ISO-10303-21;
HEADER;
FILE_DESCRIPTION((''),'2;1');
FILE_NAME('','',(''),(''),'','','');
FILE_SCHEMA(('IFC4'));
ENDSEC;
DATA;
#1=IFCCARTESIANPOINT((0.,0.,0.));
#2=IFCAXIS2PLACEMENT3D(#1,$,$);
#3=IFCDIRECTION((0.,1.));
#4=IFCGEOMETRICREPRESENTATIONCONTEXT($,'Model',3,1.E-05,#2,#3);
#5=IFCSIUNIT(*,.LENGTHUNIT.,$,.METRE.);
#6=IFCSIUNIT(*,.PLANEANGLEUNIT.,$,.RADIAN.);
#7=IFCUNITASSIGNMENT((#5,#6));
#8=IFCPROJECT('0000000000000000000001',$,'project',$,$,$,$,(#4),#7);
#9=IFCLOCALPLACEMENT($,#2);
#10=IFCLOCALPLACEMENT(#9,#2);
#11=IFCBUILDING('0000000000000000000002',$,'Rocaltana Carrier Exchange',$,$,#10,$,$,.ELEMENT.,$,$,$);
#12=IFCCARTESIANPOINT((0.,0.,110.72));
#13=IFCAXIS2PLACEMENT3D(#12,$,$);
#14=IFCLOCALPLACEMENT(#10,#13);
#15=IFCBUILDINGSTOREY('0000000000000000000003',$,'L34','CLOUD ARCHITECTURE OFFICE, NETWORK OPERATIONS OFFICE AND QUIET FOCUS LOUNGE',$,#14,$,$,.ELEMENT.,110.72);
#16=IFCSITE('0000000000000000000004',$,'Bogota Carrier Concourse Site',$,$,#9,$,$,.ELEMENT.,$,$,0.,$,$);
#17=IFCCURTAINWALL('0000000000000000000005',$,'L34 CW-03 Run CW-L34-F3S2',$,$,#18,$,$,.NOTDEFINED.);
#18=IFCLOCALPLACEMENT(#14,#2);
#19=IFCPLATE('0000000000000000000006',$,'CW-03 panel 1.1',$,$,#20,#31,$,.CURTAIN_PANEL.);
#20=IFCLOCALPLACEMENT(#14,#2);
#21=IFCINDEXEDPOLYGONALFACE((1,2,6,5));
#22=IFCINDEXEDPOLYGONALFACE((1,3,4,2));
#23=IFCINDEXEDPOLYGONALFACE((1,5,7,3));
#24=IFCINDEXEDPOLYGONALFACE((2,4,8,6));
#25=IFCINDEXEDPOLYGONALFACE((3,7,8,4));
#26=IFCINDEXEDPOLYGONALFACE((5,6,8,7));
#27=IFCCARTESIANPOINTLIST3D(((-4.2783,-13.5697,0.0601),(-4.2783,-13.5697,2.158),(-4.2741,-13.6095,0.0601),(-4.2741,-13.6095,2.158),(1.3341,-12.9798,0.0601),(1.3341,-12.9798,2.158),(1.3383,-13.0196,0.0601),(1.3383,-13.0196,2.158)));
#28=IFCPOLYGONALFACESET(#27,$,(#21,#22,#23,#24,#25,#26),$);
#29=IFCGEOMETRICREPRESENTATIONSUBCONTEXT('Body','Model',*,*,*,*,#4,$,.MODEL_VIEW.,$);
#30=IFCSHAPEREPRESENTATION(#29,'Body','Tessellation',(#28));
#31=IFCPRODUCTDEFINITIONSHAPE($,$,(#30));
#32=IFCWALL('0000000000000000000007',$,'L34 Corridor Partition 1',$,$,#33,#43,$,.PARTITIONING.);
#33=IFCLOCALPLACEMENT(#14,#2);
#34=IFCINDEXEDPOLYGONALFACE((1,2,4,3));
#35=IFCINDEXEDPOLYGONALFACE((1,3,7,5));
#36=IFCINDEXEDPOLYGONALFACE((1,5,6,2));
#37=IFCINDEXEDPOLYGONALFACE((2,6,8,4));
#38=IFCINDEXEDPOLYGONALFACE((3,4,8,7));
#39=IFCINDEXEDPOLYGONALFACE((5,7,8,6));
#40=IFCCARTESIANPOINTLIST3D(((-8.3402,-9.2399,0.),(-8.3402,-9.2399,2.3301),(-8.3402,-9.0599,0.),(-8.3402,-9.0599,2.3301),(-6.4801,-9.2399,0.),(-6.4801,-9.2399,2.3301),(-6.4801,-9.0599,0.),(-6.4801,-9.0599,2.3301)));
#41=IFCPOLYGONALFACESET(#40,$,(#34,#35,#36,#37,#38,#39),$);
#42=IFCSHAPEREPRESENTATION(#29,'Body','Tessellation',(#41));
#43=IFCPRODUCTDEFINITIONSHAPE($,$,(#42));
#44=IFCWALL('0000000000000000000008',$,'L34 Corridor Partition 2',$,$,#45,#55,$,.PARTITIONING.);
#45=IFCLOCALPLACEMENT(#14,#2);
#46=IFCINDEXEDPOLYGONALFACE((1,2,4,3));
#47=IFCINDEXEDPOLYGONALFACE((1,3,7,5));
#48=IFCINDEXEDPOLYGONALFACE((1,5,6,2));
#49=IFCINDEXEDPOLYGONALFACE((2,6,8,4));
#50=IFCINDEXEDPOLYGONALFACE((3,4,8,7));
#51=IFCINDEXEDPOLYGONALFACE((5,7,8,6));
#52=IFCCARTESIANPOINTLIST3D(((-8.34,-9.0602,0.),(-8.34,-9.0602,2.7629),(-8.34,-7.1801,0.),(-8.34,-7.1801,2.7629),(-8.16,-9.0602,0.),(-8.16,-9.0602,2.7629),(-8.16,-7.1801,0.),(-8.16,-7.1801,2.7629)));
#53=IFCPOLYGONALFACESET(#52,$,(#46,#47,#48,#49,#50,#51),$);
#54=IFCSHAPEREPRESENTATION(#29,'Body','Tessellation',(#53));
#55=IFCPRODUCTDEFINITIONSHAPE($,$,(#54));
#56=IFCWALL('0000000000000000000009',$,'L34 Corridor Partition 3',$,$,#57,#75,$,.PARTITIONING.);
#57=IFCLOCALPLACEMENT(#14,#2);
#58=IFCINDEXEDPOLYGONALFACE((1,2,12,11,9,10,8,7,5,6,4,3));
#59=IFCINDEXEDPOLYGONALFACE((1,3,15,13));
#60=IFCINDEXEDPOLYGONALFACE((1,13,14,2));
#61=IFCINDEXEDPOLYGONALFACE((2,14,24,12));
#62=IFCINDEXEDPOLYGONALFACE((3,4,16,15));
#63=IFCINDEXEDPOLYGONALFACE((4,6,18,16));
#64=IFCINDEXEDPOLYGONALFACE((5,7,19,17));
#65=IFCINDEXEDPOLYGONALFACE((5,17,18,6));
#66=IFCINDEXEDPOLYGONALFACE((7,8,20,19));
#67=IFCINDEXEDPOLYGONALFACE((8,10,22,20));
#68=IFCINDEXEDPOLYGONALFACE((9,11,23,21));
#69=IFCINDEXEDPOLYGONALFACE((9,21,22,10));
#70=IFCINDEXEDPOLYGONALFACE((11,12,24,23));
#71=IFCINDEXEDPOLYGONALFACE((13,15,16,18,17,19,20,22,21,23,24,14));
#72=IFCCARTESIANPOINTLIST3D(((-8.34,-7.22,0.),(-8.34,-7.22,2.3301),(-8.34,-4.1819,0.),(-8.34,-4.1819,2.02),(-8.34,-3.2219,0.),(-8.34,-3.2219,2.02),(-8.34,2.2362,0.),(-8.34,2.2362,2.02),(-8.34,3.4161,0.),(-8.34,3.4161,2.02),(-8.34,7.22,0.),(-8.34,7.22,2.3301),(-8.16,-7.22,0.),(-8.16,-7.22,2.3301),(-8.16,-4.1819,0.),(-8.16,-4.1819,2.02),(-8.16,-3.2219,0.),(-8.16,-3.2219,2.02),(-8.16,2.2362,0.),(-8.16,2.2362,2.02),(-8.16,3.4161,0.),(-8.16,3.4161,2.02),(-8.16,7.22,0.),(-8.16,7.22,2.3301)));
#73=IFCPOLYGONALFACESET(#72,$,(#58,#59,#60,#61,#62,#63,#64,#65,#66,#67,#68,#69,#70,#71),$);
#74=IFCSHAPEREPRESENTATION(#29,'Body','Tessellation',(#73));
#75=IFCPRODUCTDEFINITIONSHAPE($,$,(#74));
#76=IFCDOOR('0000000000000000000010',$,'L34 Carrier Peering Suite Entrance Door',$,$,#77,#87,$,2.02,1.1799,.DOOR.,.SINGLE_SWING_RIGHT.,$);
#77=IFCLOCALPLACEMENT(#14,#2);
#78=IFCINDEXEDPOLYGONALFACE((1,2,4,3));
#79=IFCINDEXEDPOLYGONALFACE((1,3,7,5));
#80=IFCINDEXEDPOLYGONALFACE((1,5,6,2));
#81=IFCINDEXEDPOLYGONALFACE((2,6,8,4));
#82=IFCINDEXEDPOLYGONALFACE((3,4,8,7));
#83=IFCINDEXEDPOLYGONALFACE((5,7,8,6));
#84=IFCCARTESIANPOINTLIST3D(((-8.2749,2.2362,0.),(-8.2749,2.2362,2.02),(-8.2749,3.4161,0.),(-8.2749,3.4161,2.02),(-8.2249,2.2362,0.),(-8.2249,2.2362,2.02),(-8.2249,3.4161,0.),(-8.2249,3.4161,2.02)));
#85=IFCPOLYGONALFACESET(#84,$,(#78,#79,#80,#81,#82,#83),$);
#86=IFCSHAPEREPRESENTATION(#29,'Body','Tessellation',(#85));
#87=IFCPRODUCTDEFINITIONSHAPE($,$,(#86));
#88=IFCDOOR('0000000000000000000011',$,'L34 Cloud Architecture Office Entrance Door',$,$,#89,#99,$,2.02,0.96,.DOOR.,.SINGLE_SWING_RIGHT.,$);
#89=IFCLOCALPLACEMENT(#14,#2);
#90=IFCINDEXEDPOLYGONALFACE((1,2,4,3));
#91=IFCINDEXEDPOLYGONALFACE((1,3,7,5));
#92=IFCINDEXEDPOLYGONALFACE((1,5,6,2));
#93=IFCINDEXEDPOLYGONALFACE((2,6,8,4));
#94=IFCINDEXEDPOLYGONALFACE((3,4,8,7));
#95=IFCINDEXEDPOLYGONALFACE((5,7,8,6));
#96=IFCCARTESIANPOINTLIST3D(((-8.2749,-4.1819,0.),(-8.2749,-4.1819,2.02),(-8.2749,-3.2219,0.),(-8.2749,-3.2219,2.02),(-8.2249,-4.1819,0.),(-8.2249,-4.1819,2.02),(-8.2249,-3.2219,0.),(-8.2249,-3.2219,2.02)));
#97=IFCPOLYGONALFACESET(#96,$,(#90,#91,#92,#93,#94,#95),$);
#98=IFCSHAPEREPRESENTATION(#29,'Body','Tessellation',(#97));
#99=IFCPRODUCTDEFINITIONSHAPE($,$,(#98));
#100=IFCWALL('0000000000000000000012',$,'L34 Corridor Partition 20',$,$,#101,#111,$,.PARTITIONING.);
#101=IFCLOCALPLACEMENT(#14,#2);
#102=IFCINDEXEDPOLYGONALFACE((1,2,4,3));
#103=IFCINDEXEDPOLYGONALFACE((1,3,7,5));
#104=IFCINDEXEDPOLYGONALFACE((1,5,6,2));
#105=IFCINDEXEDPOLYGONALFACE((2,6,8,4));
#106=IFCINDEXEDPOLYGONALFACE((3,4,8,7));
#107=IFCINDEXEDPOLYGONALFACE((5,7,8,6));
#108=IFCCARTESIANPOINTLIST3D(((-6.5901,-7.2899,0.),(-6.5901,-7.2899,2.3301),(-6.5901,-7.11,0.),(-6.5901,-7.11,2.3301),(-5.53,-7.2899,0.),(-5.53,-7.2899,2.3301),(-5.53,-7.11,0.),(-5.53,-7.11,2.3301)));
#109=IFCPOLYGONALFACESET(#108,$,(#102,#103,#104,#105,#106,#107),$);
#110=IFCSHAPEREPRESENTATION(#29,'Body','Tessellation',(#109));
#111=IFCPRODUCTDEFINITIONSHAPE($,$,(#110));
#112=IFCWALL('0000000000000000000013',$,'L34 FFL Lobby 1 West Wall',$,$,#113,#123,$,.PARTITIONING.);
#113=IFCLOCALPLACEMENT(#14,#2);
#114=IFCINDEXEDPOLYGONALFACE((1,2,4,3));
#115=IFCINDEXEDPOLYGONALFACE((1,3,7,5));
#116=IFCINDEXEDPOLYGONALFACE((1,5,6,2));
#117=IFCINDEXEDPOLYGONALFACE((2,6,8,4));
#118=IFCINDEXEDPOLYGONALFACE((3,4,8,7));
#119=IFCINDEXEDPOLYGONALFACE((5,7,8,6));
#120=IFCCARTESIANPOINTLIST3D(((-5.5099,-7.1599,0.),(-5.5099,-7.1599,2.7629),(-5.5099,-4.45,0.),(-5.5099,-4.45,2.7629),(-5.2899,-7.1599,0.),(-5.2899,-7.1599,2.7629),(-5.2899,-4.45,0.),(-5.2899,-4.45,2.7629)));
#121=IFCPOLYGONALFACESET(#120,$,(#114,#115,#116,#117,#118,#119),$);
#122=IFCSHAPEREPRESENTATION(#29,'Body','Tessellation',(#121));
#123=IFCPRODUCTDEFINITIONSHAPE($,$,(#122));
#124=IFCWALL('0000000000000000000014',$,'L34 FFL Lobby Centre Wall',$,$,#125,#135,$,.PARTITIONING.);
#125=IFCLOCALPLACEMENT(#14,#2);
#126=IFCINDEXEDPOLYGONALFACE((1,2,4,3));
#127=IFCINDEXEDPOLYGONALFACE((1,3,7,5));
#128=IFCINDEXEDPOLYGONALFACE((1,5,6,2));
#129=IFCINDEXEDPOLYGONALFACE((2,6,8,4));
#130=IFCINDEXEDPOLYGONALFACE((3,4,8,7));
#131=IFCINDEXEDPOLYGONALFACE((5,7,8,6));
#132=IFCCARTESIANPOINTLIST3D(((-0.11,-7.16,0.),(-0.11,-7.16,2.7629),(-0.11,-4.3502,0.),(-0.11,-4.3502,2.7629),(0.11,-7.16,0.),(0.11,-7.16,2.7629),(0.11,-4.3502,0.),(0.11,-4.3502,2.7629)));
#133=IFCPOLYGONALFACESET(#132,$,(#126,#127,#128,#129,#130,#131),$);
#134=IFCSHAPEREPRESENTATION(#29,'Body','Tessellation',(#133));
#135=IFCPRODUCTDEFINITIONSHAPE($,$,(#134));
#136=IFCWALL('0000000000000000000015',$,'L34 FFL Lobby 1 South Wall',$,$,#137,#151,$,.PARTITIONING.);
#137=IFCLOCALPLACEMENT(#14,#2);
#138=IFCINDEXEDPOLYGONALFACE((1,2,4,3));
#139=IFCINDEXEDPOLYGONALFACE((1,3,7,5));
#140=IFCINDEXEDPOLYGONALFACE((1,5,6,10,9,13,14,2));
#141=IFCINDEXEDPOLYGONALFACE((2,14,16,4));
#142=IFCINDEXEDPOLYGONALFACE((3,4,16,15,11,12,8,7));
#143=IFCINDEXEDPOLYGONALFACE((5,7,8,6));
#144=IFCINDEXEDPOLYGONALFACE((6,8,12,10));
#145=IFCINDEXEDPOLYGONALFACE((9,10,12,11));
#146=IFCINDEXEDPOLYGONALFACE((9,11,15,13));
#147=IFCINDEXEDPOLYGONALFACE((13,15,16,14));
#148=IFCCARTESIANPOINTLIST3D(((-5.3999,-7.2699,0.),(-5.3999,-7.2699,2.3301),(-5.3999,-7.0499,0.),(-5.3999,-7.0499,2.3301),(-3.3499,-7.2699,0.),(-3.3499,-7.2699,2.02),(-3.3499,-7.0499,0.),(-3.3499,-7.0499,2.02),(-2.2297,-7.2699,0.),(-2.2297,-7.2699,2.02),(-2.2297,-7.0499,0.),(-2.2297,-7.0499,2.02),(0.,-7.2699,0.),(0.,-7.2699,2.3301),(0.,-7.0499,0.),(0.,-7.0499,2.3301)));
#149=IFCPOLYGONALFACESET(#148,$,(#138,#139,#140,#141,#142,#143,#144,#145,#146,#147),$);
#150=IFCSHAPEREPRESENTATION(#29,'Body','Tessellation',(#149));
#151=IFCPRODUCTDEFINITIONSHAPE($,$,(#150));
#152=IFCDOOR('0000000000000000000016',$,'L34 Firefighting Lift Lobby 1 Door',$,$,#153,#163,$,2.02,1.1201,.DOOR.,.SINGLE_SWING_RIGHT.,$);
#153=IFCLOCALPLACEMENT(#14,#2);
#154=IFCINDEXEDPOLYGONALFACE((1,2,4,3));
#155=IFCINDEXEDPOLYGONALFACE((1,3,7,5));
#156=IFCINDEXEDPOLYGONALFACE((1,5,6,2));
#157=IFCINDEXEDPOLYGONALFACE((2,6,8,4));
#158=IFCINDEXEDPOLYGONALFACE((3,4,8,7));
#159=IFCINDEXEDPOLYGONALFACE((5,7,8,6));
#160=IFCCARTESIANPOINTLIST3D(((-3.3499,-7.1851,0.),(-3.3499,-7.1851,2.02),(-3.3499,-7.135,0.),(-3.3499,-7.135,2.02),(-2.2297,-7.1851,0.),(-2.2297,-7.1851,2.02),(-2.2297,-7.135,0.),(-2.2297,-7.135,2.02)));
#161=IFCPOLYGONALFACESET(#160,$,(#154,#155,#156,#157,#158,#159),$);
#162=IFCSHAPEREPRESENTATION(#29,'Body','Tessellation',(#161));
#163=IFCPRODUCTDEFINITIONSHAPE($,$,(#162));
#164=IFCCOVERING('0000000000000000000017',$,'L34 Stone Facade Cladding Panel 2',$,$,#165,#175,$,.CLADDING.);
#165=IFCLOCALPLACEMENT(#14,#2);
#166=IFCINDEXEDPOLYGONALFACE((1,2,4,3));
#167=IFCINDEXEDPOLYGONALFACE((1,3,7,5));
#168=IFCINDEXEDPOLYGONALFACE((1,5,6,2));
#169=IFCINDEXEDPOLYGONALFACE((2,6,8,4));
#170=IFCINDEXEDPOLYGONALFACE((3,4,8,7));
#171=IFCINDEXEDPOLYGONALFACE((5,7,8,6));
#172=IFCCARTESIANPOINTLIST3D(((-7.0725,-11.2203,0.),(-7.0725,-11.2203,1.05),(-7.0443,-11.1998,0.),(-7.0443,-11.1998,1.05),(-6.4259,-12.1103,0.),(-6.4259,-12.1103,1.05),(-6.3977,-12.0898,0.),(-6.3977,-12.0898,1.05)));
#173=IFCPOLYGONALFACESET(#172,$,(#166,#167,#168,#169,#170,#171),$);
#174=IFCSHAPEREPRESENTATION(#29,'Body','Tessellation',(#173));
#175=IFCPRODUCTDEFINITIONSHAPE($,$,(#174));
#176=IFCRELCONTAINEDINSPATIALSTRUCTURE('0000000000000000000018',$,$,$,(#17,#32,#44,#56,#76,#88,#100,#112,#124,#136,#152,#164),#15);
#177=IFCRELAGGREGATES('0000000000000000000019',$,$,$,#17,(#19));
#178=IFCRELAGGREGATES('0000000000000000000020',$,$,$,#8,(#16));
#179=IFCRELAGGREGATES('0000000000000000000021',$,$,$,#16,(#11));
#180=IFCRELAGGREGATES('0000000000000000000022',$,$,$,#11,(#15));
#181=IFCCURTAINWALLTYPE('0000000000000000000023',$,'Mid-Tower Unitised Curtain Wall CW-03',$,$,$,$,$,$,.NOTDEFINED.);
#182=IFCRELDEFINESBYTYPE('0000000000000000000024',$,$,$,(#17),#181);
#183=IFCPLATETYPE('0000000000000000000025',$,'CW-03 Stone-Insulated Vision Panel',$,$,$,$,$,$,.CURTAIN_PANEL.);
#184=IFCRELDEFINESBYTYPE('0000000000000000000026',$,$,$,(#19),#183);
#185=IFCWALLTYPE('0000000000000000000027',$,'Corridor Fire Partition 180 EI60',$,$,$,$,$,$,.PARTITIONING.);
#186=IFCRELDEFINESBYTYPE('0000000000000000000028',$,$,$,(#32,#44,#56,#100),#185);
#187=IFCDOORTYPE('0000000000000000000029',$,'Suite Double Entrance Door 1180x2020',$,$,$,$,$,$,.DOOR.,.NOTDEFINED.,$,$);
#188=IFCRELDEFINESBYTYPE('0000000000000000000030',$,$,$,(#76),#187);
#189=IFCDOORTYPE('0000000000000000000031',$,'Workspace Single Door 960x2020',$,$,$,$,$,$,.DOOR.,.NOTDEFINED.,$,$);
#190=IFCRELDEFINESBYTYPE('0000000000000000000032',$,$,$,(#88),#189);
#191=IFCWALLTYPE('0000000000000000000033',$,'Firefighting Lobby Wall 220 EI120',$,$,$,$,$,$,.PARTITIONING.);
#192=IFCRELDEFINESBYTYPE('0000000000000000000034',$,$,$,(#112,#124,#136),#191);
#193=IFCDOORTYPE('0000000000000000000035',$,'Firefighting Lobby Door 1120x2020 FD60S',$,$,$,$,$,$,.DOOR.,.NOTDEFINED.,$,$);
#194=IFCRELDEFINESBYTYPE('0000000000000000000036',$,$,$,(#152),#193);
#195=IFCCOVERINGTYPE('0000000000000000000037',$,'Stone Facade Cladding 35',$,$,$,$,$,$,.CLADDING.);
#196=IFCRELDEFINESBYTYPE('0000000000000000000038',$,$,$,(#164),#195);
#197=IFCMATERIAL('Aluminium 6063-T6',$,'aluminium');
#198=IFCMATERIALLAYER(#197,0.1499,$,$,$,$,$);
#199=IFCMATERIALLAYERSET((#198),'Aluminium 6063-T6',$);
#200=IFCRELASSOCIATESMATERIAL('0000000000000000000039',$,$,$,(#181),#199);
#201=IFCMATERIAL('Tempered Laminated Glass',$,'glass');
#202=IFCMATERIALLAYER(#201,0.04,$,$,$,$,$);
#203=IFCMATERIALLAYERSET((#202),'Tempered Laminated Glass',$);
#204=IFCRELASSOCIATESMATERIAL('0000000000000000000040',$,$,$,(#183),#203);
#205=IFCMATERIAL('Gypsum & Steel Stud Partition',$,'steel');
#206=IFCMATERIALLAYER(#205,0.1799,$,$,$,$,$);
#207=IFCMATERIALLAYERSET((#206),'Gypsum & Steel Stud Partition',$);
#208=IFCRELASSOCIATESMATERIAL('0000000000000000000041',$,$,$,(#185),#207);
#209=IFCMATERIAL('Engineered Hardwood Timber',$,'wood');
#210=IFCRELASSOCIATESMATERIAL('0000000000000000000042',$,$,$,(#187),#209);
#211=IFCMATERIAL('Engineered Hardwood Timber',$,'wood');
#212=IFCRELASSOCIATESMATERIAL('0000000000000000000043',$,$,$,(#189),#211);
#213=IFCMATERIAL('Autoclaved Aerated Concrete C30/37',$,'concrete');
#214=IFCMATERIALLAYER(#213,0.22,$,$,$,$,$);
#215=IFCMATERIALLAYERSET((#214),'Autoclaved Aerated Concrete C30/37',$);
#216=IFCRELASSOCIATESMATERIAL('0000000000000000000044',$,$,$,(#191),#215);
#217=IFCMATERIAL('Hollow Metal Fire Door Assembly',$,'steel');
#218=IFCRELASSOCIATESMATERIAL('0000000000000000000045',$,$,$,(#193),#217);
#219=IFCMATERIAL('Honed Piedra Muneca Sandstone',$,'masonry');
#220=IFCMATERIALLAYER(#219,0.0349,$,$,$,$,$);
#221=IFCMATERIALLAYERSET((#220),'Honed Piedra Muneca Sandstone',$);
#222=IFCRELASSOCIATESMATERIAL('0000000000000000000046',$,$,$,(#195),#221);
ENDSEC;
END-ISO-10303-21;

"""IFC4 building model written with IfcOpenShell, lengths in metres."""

from ifc_helpers import new_model, si_unit, direction, frame, frame_2d, origin, origin_2d, place, context, subcontext, project, spatial, rectangle, extrude, material, layer, layer_set, type_object, element, fill, aggregate, save


model = new_model("IFC4")

# Units and contexts
model_context = context("Model", 3, precision=1e-05, world=origin(), true_north=direction((0.0, 1.0)))
body_context = subcontext(model_context, "Body", "Model", "MODEL_VIEW")
ifc_project = project(units=[si_unit("LENGTHUNIT", "METRE"), si_unit("PLANEANGLEUNIT", "RADIAN")], contexts=[model_context])

# Site, building, storey
site_placement = place(None, origin())
site = spatial("IfcSite", under=ifc_project, at=site_placement, Name="Bogota Carrier Concourse Site", CompositionType="ELEMENT", RefElevation=0.0)
building_placement = place(site_placement, origin())
building = spatial("IfcBuilding", under=site, at=building_placement, Name="Rocaltana Carrier Exchange", CompositionType="ELEMENT")
storey_placement = place(building_placement, frame((0.0, 0.0, 110.72)))
storey = spatial("IfcBuildingStorey", under=building, at=storey_placement, Name="L34", Description="CLOUD ARCHITECTURE OFFICE, NETWORK OPERATIONS OFFICE AND QUIET FOCUS LOUNGE", CompositionType="ELEMENT", Elevation=110.72)

# Shared definitions
ifc_material_1 = material(Name="Aluminium 6063-T6", Category="aluminium")
ifc_layer_1 = layer(ifc_material_1, 0.1499)
ifc_layer_set_1 = layer_set([ifc_layer_1], Name="Aluminium 6063-T6")
curtain_wall_type = type_object("IfcCurtainWallType", Name="Mid-Tower Unitised Curtain Wall CW-03", PredefinedType="NOTDEFINED", material=ifc_layer_set_1)

# Curtain wall
curtain_wall_1_placement = place(storey_placement, origin())
curtain_wall_1 = element("IfcCurtainWall", 1, at=curtain_wall_1_placement, inside=storey, type_object=curtain_wall_type, Name="L34 CW-03 Run CW-L34-F3S2", PredefinedType="NOTDEFINED")

# Plate
ifc_material_2 = material(Name="Tempered Laminated Glass", Category="glass")
ifc_layer_2 = layer(ifc_material_2, 0.04)
ifc_layer_set_2 = layer_set([ifc_layer_2], Name="Tempered Laminated Glass")
plate_type = type_object("IfcPlateType", Name="CW-03 Stone-Insulated Vision Panel", PredefinedType="CURTAIN_PANEL", material=ifc_layer_set_2)
plate_placement = place(storey_placement, frame((-1.47, -13.2947, 0.0601), z_axis=(0.0, 0.0, 1.0), x_axis=(0.994522, 0.10453, 0.0)))
plate = element("IfcPlate", 2, at=plate_placement, type_object=plate_type, Name="CW-03 panel 1.1", PredefinedType="CURTAIN_PANEL", context=body_context, shape_type="SweptSolid", body=[
    extrude(rectangle(XDim=5.6433, YDim=0.04, at=origin_2d()), origin(), (0.0, 0.0, 1.0), 2.0979),
])
aggregate(curtain_wall_1, [plate])

# Walls
ifc_material_3 = material(Name="Gypsum & Steel Stud Partition", Category="steel")
ifc_layer_3 = layer(ifc_material_3, 0.1799)
ifc_layer_set_3 = layer_set([ifc_layer_3], Name="Gypsum & Steel Stud Partition")
wall_type_1 = type_object("IfcWallType", Name="Corridor Fire Partition 180 EI60", PredefinedType="PARTITIONING", material=ifc_layer_set_3)
wall_1_placement = place(storey_placement, frame((-6.48, -9.1499, 0.0), z_axis=(0.0, 0.0, 1.0), x_axis=(-1.0, 0.0, 0.0)))
element("IfcWall", 3, at=wall_1_placement, inside=storey, type_object=wall_type_1, Name="L34 Corridor Partition 1", PredefinedType="PARTITIONING", context=body_context, shape_type="SweptSolid", body=[
    extrude(rectangle(XDim=1.8601, YDim=0.1799, at=frame_2d((0.9302, 0.0))), origin(), (0.0, 0.0, 1.0), 2.3301),
])
wall_2_placement = place(storey_placement, frame((-8.25, -9.0601, 0.0), z_axis=(0.0, 0.0, 1.0), x_axis=(0.0, 1.0, 0.0)))
element("IfcWall", 4, at=wall_2_placement, inside=storey, type_object=wall_type_1, Name="L34 Corridor Partition 2", PredefinedType="PARTITIONING", context=body_context, shape_type="SweptSolid", body=[
    extrude(rectangle(XDim=1.8801, YDim=0.1799, at=frame_2d((0.9399, 0.0))), origin(), (0.0, 0.0, 1.0), 2.7629),
])

# Wall, openings, doors
wall_3_placement = place(storey_placement, frame((-8.25, -7.22, 0.0), z_axis=(0.0, 0.0, 1.0), x_axis=(0.0, 1.0, 0.0)))
wall_3 = element("IfcWall", 5, at=wall_3_placement, inside=storey, type_object=wall_type_1, Name="L34 Corridor Partition 3", PredefinedType="PARTITIONING", context=body_context, shape_type="SweptSolid", body=[
    extrude(rectangle(XDim=14.4399, YDim=0.1799, at=frame_2d((7.22, 0.0))), origin(), (0.0, 0.0, 1.0), 2.3301),
])
opening_1_placement = place(wall_3_placement, frame((3.0381, 0.0, 0.0)))
opening_1 = element("IfcOpeningElement", 6, at=opening_1_placement, cuts=wall_3, PredefinedType="OPENING", context=body_context, shape_type="SweptSolid", body=[
    extrude(rectangle(XDim=0.96, YDim=2.02, at=frame_2d((0.48, 1.01))), frame((0.0, 0.0999, 0.0), z_axis=(0.0, -1.0, 0.0), x_axis=(1.0, 0.0, 0.0)), (0.0, 0.0, 1.0), 0.2),
])
opening_2_placement = place(wall_3_placement, frame((9.4563, 0.0, 0.0)))
opening_2 = element("IfcOpeningElement", 7, at=opening_2_placement, cuts=wall_3, PredefinedType="OPENING", context=body_context, shape_type="SweptSolid", body=[
    extrude(rectangle(XDim=1.1799, YDim=2.02, at=frame_2d((0.5898, 1.01))), frame((0.0, 0.0999, 0.0), z_axis=(0.0, -1.0, 0.0), x_axis=(1.0, 0.0, 0.0)), (0.0, 0.0, 1.0), 0.2),
])
ifc_material_4 = material(Name="Engineered Hardwood Timber", Category="wood")
door_type_1 = type_object("IfcDoorType", Name="Suite Double Entrance Door 1180x2020", OperationType="NOTDEFINED", PredefinedType="DOOR", material=ifc_material_4)
door_1_placement = place(opening_2_placement, origin())
door_1 = element("IfcDoor", 8, at=door_1_placement, inside=storey, type_object=door_type_1, Name="L34 Carrier Peering Suite Entrance Door", OperationType="SINGLE_SWING_RIGHT", OverallHeight=2.02, OverallWidth=1.1799, PredefinedType="DOOR", context=body_context, shape_type="SweptSolid", body=[
    extrude(rectangle(XDim=1.1799, YDim=2.02, at=frame_2d((0.5898, 1.01))), frame((0.0, 0.0249, 0.0), z_axis=(0.0, -1.0, 0.0), x_axis=(1.0, 0.0, 0.0)), (0.0, 0.0, 1.0), 0.05),
])
fill(opening_2, door_1)
ifc_material_5 = material(Name="Engineered Hardwood Timber", Category="wood")
door_type_2 = type_object("IfcDoorType", Name="Workspace Single Door 960x2020", OperationType="NOTDEFINED", PredefinedType="DOOR", material=ifc_material_5)
door_2_placement = place(opening_1_placement, origin())
door_2 = element("IfcDoor", 9, at=door_2_placement, inside=storey, type_object=door_type_2, Name="L34 Cloud Architecture Office Entrance Door", OperationType="SINGLE_SWING_RIGHT", OverallHeight=2.02, OverallWidth=0.96, PredefinedType="DOOR", context=body_context, shape_type="SweptSolid", body=[
    extrude(rectangle(XDim=0.96, YDim=2.02, at=frame_2d((0.48, 1.01))), frame((0.0, 0.0249, 0.0), z_axis=(0.0, -1.0, 0.0), x_axis=(1.0, 0.0, 0.0)), (0.0, 0.0, 1.0), 0.05),
])
fill(opening_1, door_2)

# Walls
wall_4_placement = place(storey_placement, frame((-6.5901, -7.2, 0.0), z_axis=(0.0, 0.0, 1.0), x_axis=(1.0, 0.0, 0.0)))
element("IfcWall", 10, at=wall_4_placement, inside=storey, type_object=wall_type_1, Name="L34 Corridor Partition 20", PredefinedType="PARTITIONING", context=body_context, shape_type="SweptSolid", body=[
    extrude(rectangle(XDim=1.0601, YDim=0.1799, at=frame_2d((0.53, 0.0))), origin(), (0.0, 0.0, 1.0), 2.3301),
])
ifc_material_6 = material(Name="Autoclaved Aerated Concrete C30/37", Category="concrete")
ifc_layer_4 = layer(ifc_material_6, 0.22)
ifc_layer_set_4 = layer_set([ifc_layer_4], Name="Autoclaved Aerated Concrete C30/37")
wall_type_2 = type_object("IfcWallType", Name="Firefighting Lobby Wall 220 EI120", PredefinedType="PARTITIONING", material=ifc_layer_set_4)
wall_5_placement = place(storey_placement, frame((-5.3999, -7.1599, 0.0), z_axis=(0.0, 0.0, 1.0), x_axis=(0.0, 1.0, 0.0)))
element("IfcWall", 11, at=wall_5_placement, inside=storey, type_object=wall_type_2, Name="L34 FFL Lobby 1 West Wall", PredefinedType="PARTITIONING", context=body_context, shape_type="SweptSolid", body=[
    extrude(rectangle(XDim=2.71, YDim=0.22, at=frame_2d((1.355, 0.0))), origin(), (0.0, 0.0, 1.0), 2.7629),
])
wall_6_placement = place(storey_placement, frame((0.0, -7.1599, 0.0), z_axis=(0.0, 0.0, 1.0), x_axis=(0.0, 1.0, 0.0)))
element("IfcWall", 12, at=wall_6_placement, inside=storey, type_object=wall_type_2, Name="L34 FFL Lobby Centre Wall", PredefinedType="PARTITIONING", context=body_context, shape_type="SweptSolid", body=[
    extrude(rectangle(XDim=2.8098, YDim=0.22, at=frame_2d((1.4048, 0.0))), origin(), (0.0, 0.0, 1.0), 2.7629),
])

# Wall, opening, door
wall_7_placement = place(storey_placement, frame((-5.3999, -7.1599, 0.0), z_axis=(0.0, 0.0, 1.0), x_axis=(1.0, 0.0, 0.0)))
wall_7 = element("IfcWall", 13, at=wall_7_placement, inside=storey, type_object=wall_type_2, Name="L34 FFL Lobby 1 South Wall", PredefinedType="PARTITIONING", context=body_context, shape_type="SweptSolid", body=[
    extrude(rectangle(XDim=5.3999, YDim=0.22, at=frame_2d((2.7, 0.0))), origin(), (0.0, 0.0, 1.0), 2.3301),
])
opening_3_placement = place(wall_7_placement, frame((2.05, 0.0, 0.0)))
opening_3 = element("IfcOpeningElement", 14, at=opening_3_placement, cuts=wall_7, PredefinedType="OPENING", context=body_context, shape_type="SweptSolid", body=[
    extrude(rectangle(XDim=1.1201, YDim=2.02, at=frame_2d((0.5601, 1.01))), frame((0.0, 0.1199, 0.0), z_axis=(0.0, -1.0, 0.0), x_axis=(1.0, 0.0, 0.0)), (0.0, 0.0, 1.0), 0.24),
])
ifc_material_7 = material(Name="Hollow Metal Fire Door Assembly", Category="steel")
door_type_3 = type_object("IfcDoorType", Name="Firefighting Lobby Door 1120x2020 FD60S", OperationType="NOTDEFINED", PredefinedType="DOOR", material=ifc_material_7)
door_3_placement = place(opening_3_placement, origin())
door_3 = element("IfcDoor", 15, at=door_3_placement, inside=storey, type_object=door_type_3, Name="L34 Firefighting Lift Lobby 1 Door", OperationType="SINGLE_SWING_RIGHT", OverallHeight=2.02, OverallWidth=1.1201, PredefinedType="DOOR", context=body_context, shape_type="SweptSolid", body=[
    extrude(rectangle(XDim=1.1201, YDim=2.02, at=frame_2d((0.5601, 1.01))), frame((0.0, 0.0249, 0.0), z_axis=(0.0, -1.0, 0.0), x_axis=(1.0, 0.0, 0.0)), (0.0, 0.0, 1.0), 0.05),
])
fill(opening_3, door_3)

# Covering
ifc_material_8 = material(Name="Honed Piedra Muneca Sandstone", Category="masonry")
ifc_layer_5 = layer(ifc_material_8, 0.0349)
ifc_layer_set_5 = layer_set([ifc_layer_5], Name="Honed Piedra Muneca Sandstone")
covering_type = type_object("IfcCoveringType", Name="Stone Facade Cladding 35", PredefinedType="CLADDING", material=ifc_layer_set_5)
covering_placement = place(storey_placement, frame((-6.7351, -11.655, 0.0), z_axis=(0.0, 0.0, 1.0), x_axis=(-0.587785, 0.809017, 0.0)))
element("IfcCovering", 16, at=covering_placement, inside=storey, type_object=covering_type, Name="L34 Stone Facade Cladding Panel 2", PredefinedType="CLADDING", context=body_context, shape_type="SweptSolid", body=[
    extrude(rectangle(XDim=1.1001, YDim=0.0349, at=origin_2d()), origin(), (0.0, 0.0, 1.0), 1.05),
])

save(model, "model.ifc")
